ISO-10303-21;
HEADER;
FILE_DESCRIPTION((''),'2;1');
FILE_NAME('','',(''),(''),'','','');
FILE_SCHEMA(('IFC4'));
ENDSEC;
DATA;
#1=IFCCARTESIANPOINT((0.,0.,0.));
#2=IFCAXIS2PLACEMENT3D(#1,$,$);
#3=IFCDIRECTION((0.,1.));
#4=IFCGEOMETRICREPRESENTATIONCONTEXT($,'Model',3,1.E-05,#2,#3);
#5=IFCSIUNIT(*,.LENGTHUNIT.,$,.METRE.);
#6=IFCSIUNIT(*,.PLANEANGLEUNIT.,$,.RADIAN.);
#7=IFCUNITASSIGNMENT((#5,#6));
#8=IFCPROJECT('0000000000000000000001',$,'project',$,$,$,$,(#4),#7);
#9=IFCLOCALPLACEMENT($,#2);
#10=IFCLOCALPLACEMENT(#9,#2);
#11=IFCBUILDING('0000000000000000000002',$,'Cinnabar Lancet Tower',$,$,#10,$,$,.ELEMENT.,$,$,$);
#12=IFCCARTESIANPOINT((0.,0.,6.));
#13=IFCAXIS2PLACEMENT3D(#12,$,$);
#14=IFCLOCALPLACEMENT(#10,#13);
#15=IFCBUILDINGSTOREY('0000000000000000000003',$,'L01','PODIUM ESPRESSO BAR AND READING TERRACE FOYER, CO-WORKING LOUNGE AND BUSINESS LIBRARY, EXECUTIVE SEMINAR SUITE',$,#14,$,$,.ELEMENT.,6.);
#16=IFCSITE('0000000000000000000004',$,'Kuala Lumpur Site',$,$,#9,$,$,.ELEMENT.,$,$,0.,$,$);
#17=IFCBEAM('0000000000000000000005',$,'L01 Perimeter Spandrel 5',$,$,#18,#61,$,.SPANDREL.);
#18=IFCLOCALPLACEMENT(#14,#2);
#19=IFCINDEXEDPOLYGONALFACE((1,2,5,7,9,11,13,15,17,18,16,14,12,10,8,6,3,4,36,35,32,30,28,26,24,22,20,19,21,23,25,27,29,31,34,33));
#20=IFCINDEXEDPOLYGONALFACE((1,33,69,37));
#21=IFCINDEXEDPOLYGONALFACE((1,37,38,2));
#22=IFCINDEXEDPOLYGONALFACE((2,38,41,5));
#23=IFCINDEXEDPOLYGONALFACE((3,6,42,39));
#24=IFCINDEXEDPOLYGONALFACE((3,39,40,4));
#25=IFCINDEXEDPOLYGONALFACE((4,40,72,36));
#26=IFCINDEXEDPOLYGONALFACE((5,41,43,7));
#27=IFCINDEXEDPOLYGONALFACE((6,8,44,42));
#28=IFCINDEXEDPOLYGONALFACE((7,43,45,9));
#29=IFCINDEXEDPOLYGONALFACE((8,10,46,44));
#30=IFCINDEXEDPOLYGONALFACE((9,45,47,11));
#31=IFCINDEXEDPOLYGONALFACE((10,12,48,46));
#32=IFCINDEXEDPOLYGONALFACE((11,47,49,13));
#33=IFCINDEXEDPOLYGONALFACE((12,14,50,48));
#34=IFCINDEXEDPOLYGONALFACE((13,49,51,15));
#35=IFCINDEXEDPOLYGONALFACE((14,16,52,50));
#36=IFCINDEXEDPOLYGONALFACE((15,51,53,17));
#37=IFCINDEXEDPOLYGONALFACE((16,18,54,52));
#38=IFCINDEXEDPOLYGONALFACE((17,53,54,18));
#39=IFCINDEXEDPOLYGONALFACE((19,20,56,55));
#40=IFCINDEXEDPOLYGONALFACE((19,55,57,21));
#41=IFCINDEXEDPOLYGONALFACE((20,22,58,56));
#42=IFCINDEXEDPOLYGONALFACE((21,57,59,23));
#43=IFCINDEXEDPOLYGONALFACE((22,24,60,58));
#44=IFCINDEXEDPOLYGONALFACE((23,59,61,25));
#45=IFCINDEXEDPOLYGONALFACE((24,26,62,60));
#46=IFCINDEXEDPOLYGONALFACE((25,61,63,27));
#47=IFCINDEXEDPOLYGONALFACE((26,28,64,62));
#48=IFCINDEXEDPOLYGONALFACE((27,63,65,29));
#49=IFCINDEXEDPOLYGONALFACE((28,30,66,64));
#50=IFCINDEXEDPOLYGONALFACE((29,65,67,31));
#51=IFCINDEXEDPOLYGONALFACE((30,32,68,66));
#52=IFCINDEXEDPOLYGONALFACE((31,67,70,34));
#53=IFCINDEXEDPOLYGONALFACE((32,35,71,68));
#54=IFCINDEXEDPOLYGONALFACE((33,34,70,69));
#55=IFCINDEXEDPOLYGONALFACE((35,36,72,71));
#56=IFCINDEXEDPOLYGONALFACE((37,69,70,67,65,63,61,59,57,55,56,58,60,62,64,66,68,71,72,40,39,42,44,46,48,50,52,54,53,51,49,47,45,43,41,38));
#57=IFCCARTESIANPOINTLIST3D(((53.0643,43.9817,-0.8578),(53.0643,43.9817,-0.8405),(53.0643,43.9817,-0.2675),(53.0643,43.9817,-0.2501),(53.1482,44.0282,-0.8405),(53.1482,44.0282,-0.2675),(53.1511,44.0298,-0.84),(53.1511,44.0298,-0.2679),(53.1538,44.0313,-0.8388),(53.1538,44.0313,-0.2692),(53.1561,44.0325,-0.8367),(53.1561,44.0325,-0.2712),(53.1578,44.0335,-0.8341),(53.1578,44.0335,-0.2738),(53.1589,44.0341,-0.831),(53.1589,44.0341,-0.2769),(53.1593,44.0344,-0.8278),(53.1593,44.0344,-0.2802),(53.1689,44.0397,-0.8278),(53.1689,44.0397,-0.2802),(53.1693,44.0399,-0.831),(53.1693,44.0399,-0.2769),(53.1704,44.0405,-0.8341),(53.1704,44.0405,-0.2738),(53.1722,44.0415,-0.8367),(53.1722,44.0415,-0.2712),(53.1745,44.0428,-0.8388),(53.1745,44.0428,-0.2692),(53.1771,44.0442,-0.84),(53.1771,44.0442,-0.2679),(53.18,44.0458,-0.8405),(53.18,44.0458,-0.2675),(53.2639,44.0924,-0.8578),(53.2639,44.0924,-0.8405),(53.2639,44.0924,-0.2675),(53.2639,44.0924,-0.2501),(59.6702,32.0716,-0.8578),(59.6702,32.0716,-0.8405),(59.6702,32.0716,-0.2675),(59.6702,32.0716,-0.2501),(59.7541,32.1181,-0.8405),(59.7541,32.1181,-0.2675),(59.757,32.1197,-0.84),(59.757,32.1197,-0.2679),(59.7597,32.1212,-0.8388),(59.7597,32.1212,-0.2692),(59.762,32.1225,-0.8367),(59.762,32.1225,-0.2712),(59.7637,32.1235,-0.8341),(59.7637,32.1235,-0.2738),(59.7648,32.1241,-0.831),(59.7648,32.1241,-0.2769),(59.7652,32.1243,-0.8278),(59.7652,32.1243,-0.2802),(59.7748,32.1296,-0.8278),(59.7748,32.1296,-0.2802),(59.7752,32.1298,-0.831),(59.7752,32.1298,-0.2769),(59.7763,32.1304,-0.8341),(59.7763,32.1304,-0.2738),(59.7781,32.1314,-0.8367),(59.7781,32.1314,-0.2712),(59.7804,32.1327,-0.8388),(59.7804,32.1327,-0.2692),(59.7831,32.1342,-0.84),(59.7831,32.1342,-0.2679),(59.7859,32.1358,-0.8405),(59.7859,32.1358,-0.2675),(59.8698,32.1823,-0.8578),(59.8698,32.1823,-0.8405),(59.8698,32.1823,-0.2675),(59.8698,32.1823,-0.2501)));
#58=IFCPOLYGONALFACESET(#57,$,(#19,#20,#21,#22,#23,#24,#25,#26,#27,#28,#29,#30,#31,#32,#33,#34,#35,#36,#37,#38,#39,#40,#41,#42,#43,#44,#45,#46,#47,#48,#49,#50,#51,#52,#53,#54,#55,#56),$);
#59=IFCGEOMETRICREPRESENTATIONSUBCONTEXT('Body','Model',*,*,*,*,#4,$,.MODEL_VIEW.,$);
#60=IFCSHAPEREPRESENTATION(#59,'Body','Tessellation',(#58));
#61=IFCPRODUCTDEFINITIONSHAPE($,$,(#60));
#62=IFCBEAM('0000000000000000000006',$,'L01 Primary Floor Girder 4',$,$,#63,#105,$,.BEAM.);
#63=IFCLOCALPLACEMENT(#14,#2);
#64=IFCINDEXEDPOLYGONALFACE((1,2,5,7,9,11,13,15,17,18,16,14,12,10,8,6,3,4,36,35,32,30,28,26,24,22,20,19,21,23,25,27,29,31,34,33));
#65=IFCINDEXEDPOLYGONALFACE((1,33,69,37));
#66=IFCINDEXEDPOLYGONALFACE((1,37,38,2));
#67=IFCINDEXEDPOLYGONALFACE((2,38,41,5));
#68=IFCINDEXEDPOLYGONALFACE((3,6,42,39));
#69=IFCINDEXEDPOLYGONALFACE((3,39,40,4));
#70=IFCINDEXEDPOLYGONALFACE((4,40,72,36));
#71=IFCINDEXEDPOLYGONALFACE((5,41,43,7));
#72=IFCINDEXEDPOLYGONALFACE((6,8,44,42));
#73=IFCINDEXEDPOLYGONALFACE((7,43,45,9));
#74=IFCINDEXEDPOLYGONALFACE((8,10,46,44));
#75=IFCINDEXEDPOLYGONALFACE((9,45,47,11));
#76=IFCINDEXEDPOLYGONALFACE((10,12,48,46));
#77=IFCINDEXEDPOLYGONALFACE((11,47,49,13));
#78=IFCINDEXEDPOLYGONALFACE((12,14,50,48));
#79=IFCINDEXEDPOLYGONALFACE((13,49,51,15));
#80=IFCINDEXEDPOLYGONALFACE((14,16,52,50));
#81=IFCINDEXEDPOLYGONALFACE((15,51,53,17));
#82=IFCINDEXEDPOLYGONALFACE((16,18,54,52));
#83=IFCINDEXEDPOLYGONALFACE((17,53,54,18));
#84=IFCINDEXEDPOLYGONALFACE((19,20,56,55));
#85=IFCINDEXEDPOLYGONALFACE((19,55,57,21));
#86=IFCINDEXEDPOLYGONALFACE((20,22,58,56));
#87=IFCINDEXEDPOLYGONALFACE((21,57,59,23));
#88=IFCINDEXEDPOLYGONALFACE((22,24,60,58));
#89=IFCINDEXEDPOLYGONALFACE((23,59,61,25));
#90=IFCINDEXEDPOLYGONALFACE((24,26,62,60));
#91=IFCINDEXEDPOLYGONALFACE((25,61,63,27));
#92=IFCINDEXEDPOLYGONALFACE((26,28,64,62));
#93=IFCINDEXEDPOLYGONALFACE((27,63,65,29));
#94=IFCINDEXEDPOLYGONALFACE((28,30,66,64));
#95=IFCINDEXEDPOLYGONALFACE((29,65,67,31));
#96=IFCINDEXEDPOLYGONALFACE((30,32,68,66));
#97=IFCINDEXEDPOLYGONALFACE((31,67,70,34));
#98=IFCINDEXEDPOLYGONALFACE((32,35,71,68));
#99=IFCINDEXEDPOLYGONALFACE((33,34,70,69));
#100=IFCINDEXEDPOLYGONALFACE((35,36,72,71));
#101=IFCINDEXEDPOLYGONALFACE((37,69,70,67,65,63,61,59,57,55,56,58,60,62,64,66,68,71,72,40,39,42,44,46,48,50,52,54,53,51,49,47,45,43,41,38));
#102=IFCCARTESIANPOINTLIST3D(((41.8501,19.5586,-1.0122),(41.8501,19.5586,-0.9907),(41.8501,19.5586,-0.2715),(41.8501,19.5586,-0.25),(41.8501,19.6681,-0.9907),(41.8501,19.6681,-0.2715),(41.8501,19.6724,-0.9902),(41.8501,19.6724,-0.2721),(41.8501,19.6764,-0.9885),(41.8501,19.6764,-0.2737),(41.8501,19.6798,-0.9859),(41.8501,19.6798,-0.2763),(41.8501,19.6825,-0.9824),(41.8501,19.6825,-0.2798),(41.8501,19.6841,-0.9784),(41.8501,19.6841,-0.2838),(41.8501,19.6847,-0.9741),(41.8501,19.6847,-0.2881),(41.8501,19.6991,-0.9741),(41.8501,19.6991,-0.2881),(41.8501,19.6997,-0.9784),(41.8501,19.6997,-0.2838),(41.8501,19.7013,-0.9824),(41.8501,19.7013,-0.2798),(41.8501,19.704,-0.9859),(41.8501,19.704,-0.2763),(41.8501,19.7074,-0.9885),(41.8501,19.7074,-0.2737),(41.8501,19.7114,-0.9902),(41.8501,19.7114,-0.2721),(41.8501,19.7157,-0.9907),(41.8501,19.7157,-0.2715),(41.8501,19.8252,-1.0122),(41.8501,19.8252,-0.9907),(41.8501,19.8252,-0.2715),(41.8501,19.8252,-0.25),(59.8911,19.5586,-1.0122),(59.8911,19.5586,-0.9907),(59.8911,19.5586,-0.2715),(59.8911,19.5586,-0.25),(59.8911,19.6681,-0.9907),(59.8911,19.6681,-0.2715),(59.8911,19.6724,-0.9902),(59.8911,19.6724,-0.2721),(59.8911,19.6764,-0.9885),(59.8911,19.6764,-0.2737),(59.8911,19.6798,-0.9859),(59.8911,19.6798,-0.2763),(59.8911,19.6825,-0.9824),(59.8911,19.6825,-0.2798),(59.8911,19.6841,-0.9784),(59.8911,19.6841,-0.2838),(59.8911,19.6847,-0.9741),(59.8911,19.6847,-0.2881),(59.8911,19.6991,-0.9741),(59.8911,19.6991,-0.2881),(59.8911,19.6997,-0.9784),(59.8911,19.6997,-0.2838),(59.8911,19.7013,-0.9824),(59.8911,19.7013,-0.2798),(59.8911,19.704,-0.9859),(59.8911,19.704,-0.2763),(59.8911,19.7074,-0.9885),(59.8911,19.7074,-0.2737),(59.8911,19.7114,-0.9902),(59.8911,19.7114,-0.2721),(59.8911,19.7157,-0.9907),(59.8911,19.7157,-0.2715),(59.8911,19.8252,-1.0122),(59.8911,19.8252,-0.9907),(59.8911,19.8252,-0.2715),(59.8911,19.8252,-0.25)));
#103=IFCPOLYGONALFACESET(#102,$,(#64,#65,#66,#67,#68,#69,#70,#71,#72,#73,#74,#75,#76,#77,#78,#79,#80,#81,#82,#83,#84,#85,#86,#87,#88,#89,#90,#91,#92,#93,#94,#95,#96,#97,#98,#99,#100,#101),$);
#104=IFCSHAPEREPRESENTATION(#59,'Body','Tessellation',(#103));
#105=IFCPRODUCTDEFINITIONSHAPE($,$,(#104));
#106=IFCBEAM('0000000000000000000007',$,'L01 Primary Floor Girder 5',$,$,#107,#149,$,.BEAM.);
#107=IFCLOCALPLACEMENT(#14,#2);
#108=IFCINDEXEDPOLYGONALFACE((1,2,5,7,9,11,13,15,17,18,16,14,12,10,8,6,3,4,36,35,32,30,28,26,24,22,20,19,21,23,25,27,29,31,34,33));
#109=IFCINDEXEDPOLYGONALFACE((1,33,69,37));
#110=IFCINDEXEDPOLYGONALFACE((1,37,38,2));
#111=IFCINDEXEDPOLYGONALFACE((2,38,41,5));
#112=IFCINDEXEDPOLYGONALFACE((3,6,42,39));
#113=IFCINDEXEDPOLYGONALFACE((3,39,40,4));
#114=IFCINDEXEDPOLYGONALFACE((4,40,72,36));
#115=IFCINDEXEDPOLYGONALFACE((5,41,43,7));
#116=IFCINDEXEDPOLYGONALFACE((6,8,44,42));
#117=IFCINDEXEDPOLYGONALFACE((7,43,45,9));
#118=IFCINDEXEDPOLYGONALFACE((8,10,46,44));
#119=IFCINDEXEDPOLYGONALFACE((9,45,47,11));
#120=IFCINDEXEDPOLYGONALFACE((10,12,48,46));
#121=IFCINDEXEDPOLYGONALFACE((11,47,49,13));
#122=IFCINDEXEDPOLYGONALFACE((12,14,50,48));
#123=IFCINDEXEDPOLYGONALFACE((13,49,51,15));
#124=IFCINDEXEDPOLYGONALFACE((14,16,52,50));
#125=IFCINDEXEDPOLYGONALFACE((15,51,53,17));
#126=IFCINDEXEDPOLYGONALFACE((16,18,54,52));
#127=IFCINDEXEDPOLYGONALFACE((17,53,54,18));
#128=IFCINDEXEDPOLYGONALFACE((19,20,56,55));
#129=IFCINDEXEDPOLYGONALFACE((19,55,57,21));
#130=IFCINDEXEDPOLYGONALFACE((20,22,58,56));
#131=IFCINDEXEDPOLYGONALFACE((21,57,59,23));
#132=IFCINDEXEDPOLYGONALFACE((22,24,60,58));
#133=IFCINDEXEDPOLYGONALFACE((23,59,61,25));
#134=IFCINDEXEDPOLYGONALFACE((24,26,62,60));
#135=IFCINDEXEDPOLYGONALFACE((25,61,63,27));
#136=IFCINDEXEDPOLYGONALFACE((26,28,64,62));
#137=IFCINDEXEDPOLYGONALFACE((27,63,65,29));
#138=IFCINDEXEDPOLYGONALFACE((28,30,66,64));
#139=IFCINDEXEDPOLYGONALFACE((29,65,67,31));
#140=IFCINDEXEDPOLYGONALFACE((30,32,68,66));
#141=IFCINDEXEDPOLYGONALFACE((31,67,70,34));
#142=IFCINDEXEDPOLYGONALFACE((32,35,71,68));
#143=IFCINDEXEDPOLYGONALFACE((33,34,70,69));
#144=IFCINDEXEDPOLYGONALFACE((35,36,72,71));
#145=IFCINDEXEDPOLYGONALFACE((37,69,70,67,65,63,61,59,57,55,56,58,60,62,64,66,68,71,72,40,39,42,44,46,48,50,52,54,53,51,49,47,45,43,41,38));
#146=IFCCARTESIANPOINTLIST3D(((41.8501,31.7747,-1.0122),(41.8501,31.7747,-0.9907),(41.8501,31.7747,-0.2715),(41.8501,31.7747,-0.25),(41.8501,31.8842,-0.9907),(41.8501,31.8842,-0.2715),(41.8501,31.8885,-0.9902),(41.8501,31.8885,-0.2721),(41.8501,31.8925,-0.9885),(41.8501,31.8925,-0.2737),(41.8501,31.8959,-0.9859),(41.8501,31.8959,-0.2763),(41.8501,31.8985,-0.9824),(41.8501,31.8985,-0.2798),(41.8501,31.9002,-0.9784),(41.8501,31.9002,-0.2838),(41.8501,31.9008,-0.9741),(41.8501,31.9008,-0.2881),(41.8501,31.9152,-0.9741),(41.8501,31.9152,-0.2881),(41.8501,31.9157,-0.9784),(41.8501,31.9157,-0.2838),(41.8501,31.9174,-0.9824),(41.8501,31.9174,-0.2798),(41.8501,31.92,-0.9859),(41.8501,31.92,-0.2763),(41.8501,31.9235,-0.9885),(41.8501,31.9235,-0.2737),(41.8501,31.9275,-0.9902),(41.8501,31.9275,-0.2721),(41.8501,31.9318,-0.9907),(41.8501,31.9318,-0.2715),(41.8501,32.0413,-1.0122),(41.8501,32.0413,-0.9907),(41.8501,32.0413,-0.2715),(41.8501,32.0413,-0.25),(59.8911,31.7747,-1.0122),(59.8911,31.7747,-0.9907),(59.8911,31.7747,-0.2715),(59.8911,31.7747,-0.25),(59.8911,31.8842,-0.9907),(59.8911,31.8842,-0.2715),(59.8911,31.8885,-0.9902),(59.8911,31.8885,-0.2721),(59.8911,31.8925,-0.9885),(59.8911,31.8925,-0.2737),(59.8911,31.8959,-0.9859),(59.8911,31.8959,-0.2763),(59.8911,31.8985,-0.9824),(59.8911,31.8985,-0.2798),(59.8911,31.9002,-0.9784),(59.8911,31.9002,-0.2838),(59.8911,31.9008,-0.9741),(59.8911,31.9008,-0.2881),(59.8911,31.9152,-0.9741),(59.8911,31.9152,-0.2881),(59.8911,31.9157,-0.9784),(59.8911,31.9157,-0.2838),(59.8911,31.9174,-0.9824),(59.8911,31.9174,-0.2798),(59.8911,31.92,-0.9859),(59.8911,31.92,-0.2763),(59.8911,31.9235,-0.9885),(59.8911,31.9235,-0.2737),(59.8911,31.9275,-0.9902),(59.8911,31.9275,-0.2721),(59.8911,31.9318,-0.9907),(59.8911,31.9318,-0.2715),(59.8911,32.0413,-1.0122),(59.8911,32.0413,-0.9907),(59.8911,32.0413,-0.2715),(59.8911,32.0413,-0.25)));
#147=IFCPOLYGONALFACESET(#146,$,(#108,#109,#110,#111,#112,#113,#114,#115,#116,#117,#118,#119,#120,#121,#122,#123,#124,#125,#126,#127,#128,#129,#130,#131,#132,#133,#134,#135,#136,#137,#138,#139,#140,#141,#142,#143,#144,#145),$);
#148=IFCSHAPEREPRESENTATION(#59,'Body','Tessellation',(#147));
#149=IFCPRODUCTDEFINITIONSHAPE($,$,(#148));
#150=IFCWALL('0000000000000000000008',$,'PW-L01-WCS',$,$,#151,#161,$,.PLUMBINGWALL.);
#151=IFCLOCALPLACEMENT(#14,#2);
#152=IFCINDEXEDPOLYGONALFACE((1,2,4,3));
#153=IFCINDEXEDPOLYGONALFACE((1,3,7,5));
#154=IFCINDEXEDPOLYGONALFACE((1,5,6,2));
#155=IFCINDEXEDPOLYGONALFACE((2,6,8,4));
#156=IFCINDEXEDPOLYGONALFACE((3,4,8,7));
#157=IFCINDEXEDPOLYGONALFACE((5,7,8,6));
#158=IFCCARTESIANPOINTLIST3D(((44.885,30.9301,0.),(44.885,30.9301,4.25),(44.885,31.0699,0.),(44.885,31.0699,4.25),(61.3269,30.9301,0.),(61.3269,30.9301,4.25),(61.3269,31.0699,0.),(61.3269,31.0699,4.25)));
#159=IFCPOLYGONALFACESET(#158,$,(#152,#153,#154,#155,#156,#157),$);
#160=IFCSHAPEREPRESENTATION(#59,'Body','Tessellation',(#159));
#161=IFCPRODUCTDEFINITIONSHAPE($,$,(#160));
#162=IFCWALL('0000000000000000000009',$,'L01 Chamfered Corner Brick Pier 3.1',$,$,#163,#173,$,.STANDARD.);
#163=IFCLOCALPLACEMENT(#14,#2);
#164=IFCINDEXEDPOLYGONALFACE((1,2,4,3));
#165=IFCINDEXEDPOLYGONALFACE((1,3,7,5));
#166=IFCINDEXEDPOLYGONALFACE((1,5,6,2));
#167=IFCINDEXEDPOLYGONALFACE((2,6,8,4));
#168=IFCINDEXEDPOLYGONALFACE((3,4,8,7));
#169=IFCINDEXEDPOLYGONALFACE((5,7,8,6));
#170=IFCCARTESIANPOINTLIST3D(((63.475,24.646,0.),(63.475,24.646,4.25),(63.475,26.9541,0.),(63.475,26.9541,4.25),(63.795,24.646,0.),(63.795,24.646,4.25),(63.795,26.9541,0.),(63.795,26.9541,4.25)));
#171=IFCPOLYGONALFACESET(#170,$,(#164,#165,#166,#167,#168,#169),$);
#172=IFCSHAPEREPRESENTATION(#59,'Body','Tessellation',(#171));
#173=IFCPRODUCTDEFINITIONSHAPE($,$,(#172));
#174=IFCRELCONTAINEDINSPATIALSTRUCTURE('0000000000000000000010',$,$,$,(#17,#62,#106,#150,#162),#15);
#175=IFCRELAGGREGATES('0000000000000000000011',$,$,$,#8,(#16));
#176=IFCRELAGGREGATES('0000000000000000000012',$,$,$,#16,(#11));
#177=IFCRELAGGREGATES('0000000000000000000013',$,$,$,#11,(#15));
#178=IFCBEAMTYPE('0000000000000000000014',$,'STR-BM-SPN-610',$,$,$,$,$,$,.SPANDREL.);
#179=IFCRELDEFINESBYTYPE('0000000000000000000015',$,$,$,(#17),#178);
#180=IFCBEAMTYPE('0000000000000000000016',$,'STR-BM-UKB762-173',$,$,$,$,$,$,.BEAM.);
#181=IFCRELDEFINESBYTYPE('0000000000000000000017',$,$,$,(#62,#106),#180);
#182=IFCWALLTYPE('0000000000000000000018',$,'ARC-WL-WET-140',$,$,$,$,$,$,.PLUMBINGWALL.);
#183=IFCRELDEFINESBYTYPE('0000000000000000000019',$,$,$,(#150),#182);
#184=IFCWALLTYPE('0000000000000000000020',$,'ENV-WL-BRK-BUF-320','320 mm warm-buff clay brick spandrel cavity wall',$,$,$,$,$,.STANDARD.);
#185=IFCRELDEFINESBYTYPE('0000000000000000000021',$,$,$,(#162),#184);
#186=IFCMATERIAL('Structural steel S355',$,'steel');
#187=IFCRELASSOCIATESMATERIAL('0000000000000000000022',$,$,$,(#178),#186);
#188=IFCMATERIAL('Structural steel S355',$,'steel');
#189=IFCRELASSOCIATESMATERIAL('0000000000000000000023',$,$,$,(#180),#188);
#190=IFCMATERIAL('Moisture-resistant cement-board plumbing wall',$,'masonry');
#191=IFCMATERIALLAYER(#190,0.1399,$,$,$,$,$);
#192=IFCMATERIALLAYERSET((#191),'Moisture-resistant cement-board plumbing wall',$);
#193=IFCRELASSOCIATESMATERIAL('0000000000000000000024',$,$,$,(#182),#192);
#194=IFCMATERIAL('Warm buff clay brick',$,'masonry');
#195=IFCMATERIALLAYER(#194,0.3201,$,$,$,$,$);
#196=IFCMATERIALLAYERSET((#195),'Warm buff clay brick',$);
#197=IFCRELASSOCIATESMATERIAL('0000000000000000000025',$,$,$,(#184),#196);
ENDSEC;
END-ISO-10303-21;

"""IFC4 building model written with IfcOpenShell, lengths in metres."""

from ifc_helpers import new_model, si_unit, direction, frame, frame_2d, origin, origin_2d, place, context, subcontext, project, spatial, rectangle, i_section, extrude, material, layer, layer_set, material_profile, profile_set, type_object, element, save


model = new_model("IFC4")

# Units and contexts
model_context = context("Model", 3, precision=1e-05, world=origin(), true_north=direction((0.0, 1.0)))
body_context = subcontext(model_context, "Body", "Model", "MODEL_VIEW")
ifc_project = project(units=[si_unit("LENGTHUNIT", "METRE"), si_unit("PLANEANGLEUNIT", "RADIAN")], contexts=[model_context])

# Site, building, storey
site_placement = place(None, origin())
site = spatial("IfcSite", under=ifc_project, at=site_placement, Name="Kuala Lumpur Site", CompositionType="ELEMENT", RefElevation=0.0)
building_placement = place(site_placement, origin())
building = spatial("IfcBuilding", under=site, at=building_placement, Name="Cinnabar Lancet Tower", CompositionType="ELEMENT")
storey_placement = place(building_placement, frame((0.0, 0.0, 6.0)))
storey = spatial("IfcBuildingStorey", under=building, at=storey_placement, Name="L01", Description="PODIUM ESPRESSO BAR AND READING TERRACE FOYER, CO-WORKING LOUNGE AND BUSINESS LIBRARY, EXECUTIVE SEMINAR SUITE", CompositionType="ELEMENT", Elevation=6.0)

# Beams
ifc_material_1 = material(Name="Structural steel S355", Category="steel")
ifc_material_profile_1 = material_profile(ifc_material_1, i_section(OverallWidth=0.2283, OverallDepth=0.6077, WebThickness=0.011, FlangeThickness=0.0173, FilletRadius=0.0127, at=origin_2d()), Name="UKB 610x229x113")
ifc_profile_set_1 = profile_set([ifc_material_profile_1], Name="Structural steel S355")
beam_type_1 = type_object("IfcBeamType", Name="STR-BM-SPN-610", PredefinedType="SPANDREL", material=ifc_profile_set_1)
beam_1_placement = place(storey_placement, frame((59.77, 32.127, -0.554), z_axis=(-0.485037, 0.874494, 0.0), x_axis=(-0.874494, -0.485037, 0.0)))
element("IfcBeam", 1, at=beam_1_placement, inside=storey, type_object=beam_type_1, Name="L01 Perimeter Spandrel 5", PredefinedType="SPANDREL", context=body_context, shape_type="SweptSolid", body=[
    extrude(i_section(OverallWidth=0.2283, OverallDepth=0.6077, WebThickness=0.011, FlangeThickness=0.0173, FilletRadius=0.0127, at=origin_2d()), origin(), (0.0, 0.0, 1.0), 13.6194),
])
ifc_material_2 = material(Name="Structural steel S355", Category="steel")
ifc_material_profile_2 = material_profile(ifc_material_2, i_section(OverallWidth=0.2666, OverallDepth=0.7622, WebThickness=0.0144, FlangeThickness=0.0215, FilletRadius=0.0166, at=origin_2d()), Name="UKB 762x267x173")
ifc_profile_set_2 = profile_set([ifc_material_profile_2], Name="Structural steel S355")
beam_type_2 = type_object("IfcBeamType", Name="STR-BM-UKB762-173", PredefinedType="BEAM", material=ifc_profile_set_2)
for number, where, z_axis, x_axis, name in (
    (2, (59.8911, 19.6919, -0.6311), (-1.0, 0.0, 0.0), (0.0, -1.0, 0.0), "L01 Primary Floor Girder 4"),
    (3, (59.8911, 31.908, -0.6311), (-1.0, 0.0, 0.0), (0.0, -1.0, 0.0), "L01 Primary Floor Girder 5"),
):
    element("IfcBeam", number, at=place(storey_placement, frame(where, z_axis=z_axis, x_axis=x_axis)), inside=storey, type_object=beam_type_2, Name=name, PredefinedType="BEAM", context=body_context, shape_type="SweptSolid", body=[
        extrude(i_section(OverallWidth=0.2666, OverallDepth=0.7622, WebThickness=0.0144, FlangeThickness=0.0215, FilletRadius=0.0166, at=origin_2d()), origin(), (0.0, 0.0, 1.0), 18.041),
    ])

# Walls
ifc_material_3 = material(Name="Moisture-resistant cement-board plumbing wall", Category="masonry")
ifc_layer_1 = layer(ifc_material_3, 0.1399)
ifc_layer_set_1 = layer_set([ifc_layer_1], Name="Moisture-resistant cement-board plumbing wall")
wall_type_1 = type_object("IfcWallType", Name="ARC-WL-WET-140", PredefinedType="PLUMBINGWALL", material=ifc_layer_set_1)
wall_1_placement = place(storey_placement, frame((44.885, 31.0, 0.0), z_axis=(0.0, 0.0, 1.0), x_axis=(1.0, 0.0, 0.0)))
element("IfcWall", 4, at=wall_1_placement, inside=storey, type_object=wall_type_1, Name="PW-L01-WCS", PredefinedType="PLUMBINGWALL", context=body_context, shape_type="SweptSolid", body=[
    extrude(rectangle(XDim=16.4419, YDim=0.1399, at=frame_2d((8.2209, 0.0))), origin(), (0.0, 0.0, 1.0), 4.25),
])
ifc_material_4 = material(Name="Warm buff clay brick", Category="masonry")
ifc_layer_2 = layer(ifc_material_4, 0.3201)
ifc_layer_set_2 = layer_set([ifc_layer_2], Name="Warm buff clay brick")
wall_type_2 = type_object("IfcWallType", Name="ENV-WL-BRK-BUF-320", Description="320 mm warm-buff clay brick spandrel cavity wall", PredefinedType="STANDARD", material=ifc_layer_set_2)
wall_2_placement = place(storey_placement, frame((63.635, 24.646, 0.0), z_axis=(0.0, 0.0, 1.0), x_axis=(0.0, 1.0, 0.0)))
element("IfcWall", 5, at=wall_2_placement, inside=storey, type_object=wall_type_2, Name="L01 Chamfered Corner Brick Pier 3.1", PredefinedType="STANDARD", context=body_context, shape_type="SweptSolid", body=[
    extrude(rectangle(XDim=2.3081, YDim=0.3201, at=frame_2d((1.1541, 0.0))), origin(), (0.0, 0.0, 1.0), 4.25),
])

save(model, "model.ifc")
